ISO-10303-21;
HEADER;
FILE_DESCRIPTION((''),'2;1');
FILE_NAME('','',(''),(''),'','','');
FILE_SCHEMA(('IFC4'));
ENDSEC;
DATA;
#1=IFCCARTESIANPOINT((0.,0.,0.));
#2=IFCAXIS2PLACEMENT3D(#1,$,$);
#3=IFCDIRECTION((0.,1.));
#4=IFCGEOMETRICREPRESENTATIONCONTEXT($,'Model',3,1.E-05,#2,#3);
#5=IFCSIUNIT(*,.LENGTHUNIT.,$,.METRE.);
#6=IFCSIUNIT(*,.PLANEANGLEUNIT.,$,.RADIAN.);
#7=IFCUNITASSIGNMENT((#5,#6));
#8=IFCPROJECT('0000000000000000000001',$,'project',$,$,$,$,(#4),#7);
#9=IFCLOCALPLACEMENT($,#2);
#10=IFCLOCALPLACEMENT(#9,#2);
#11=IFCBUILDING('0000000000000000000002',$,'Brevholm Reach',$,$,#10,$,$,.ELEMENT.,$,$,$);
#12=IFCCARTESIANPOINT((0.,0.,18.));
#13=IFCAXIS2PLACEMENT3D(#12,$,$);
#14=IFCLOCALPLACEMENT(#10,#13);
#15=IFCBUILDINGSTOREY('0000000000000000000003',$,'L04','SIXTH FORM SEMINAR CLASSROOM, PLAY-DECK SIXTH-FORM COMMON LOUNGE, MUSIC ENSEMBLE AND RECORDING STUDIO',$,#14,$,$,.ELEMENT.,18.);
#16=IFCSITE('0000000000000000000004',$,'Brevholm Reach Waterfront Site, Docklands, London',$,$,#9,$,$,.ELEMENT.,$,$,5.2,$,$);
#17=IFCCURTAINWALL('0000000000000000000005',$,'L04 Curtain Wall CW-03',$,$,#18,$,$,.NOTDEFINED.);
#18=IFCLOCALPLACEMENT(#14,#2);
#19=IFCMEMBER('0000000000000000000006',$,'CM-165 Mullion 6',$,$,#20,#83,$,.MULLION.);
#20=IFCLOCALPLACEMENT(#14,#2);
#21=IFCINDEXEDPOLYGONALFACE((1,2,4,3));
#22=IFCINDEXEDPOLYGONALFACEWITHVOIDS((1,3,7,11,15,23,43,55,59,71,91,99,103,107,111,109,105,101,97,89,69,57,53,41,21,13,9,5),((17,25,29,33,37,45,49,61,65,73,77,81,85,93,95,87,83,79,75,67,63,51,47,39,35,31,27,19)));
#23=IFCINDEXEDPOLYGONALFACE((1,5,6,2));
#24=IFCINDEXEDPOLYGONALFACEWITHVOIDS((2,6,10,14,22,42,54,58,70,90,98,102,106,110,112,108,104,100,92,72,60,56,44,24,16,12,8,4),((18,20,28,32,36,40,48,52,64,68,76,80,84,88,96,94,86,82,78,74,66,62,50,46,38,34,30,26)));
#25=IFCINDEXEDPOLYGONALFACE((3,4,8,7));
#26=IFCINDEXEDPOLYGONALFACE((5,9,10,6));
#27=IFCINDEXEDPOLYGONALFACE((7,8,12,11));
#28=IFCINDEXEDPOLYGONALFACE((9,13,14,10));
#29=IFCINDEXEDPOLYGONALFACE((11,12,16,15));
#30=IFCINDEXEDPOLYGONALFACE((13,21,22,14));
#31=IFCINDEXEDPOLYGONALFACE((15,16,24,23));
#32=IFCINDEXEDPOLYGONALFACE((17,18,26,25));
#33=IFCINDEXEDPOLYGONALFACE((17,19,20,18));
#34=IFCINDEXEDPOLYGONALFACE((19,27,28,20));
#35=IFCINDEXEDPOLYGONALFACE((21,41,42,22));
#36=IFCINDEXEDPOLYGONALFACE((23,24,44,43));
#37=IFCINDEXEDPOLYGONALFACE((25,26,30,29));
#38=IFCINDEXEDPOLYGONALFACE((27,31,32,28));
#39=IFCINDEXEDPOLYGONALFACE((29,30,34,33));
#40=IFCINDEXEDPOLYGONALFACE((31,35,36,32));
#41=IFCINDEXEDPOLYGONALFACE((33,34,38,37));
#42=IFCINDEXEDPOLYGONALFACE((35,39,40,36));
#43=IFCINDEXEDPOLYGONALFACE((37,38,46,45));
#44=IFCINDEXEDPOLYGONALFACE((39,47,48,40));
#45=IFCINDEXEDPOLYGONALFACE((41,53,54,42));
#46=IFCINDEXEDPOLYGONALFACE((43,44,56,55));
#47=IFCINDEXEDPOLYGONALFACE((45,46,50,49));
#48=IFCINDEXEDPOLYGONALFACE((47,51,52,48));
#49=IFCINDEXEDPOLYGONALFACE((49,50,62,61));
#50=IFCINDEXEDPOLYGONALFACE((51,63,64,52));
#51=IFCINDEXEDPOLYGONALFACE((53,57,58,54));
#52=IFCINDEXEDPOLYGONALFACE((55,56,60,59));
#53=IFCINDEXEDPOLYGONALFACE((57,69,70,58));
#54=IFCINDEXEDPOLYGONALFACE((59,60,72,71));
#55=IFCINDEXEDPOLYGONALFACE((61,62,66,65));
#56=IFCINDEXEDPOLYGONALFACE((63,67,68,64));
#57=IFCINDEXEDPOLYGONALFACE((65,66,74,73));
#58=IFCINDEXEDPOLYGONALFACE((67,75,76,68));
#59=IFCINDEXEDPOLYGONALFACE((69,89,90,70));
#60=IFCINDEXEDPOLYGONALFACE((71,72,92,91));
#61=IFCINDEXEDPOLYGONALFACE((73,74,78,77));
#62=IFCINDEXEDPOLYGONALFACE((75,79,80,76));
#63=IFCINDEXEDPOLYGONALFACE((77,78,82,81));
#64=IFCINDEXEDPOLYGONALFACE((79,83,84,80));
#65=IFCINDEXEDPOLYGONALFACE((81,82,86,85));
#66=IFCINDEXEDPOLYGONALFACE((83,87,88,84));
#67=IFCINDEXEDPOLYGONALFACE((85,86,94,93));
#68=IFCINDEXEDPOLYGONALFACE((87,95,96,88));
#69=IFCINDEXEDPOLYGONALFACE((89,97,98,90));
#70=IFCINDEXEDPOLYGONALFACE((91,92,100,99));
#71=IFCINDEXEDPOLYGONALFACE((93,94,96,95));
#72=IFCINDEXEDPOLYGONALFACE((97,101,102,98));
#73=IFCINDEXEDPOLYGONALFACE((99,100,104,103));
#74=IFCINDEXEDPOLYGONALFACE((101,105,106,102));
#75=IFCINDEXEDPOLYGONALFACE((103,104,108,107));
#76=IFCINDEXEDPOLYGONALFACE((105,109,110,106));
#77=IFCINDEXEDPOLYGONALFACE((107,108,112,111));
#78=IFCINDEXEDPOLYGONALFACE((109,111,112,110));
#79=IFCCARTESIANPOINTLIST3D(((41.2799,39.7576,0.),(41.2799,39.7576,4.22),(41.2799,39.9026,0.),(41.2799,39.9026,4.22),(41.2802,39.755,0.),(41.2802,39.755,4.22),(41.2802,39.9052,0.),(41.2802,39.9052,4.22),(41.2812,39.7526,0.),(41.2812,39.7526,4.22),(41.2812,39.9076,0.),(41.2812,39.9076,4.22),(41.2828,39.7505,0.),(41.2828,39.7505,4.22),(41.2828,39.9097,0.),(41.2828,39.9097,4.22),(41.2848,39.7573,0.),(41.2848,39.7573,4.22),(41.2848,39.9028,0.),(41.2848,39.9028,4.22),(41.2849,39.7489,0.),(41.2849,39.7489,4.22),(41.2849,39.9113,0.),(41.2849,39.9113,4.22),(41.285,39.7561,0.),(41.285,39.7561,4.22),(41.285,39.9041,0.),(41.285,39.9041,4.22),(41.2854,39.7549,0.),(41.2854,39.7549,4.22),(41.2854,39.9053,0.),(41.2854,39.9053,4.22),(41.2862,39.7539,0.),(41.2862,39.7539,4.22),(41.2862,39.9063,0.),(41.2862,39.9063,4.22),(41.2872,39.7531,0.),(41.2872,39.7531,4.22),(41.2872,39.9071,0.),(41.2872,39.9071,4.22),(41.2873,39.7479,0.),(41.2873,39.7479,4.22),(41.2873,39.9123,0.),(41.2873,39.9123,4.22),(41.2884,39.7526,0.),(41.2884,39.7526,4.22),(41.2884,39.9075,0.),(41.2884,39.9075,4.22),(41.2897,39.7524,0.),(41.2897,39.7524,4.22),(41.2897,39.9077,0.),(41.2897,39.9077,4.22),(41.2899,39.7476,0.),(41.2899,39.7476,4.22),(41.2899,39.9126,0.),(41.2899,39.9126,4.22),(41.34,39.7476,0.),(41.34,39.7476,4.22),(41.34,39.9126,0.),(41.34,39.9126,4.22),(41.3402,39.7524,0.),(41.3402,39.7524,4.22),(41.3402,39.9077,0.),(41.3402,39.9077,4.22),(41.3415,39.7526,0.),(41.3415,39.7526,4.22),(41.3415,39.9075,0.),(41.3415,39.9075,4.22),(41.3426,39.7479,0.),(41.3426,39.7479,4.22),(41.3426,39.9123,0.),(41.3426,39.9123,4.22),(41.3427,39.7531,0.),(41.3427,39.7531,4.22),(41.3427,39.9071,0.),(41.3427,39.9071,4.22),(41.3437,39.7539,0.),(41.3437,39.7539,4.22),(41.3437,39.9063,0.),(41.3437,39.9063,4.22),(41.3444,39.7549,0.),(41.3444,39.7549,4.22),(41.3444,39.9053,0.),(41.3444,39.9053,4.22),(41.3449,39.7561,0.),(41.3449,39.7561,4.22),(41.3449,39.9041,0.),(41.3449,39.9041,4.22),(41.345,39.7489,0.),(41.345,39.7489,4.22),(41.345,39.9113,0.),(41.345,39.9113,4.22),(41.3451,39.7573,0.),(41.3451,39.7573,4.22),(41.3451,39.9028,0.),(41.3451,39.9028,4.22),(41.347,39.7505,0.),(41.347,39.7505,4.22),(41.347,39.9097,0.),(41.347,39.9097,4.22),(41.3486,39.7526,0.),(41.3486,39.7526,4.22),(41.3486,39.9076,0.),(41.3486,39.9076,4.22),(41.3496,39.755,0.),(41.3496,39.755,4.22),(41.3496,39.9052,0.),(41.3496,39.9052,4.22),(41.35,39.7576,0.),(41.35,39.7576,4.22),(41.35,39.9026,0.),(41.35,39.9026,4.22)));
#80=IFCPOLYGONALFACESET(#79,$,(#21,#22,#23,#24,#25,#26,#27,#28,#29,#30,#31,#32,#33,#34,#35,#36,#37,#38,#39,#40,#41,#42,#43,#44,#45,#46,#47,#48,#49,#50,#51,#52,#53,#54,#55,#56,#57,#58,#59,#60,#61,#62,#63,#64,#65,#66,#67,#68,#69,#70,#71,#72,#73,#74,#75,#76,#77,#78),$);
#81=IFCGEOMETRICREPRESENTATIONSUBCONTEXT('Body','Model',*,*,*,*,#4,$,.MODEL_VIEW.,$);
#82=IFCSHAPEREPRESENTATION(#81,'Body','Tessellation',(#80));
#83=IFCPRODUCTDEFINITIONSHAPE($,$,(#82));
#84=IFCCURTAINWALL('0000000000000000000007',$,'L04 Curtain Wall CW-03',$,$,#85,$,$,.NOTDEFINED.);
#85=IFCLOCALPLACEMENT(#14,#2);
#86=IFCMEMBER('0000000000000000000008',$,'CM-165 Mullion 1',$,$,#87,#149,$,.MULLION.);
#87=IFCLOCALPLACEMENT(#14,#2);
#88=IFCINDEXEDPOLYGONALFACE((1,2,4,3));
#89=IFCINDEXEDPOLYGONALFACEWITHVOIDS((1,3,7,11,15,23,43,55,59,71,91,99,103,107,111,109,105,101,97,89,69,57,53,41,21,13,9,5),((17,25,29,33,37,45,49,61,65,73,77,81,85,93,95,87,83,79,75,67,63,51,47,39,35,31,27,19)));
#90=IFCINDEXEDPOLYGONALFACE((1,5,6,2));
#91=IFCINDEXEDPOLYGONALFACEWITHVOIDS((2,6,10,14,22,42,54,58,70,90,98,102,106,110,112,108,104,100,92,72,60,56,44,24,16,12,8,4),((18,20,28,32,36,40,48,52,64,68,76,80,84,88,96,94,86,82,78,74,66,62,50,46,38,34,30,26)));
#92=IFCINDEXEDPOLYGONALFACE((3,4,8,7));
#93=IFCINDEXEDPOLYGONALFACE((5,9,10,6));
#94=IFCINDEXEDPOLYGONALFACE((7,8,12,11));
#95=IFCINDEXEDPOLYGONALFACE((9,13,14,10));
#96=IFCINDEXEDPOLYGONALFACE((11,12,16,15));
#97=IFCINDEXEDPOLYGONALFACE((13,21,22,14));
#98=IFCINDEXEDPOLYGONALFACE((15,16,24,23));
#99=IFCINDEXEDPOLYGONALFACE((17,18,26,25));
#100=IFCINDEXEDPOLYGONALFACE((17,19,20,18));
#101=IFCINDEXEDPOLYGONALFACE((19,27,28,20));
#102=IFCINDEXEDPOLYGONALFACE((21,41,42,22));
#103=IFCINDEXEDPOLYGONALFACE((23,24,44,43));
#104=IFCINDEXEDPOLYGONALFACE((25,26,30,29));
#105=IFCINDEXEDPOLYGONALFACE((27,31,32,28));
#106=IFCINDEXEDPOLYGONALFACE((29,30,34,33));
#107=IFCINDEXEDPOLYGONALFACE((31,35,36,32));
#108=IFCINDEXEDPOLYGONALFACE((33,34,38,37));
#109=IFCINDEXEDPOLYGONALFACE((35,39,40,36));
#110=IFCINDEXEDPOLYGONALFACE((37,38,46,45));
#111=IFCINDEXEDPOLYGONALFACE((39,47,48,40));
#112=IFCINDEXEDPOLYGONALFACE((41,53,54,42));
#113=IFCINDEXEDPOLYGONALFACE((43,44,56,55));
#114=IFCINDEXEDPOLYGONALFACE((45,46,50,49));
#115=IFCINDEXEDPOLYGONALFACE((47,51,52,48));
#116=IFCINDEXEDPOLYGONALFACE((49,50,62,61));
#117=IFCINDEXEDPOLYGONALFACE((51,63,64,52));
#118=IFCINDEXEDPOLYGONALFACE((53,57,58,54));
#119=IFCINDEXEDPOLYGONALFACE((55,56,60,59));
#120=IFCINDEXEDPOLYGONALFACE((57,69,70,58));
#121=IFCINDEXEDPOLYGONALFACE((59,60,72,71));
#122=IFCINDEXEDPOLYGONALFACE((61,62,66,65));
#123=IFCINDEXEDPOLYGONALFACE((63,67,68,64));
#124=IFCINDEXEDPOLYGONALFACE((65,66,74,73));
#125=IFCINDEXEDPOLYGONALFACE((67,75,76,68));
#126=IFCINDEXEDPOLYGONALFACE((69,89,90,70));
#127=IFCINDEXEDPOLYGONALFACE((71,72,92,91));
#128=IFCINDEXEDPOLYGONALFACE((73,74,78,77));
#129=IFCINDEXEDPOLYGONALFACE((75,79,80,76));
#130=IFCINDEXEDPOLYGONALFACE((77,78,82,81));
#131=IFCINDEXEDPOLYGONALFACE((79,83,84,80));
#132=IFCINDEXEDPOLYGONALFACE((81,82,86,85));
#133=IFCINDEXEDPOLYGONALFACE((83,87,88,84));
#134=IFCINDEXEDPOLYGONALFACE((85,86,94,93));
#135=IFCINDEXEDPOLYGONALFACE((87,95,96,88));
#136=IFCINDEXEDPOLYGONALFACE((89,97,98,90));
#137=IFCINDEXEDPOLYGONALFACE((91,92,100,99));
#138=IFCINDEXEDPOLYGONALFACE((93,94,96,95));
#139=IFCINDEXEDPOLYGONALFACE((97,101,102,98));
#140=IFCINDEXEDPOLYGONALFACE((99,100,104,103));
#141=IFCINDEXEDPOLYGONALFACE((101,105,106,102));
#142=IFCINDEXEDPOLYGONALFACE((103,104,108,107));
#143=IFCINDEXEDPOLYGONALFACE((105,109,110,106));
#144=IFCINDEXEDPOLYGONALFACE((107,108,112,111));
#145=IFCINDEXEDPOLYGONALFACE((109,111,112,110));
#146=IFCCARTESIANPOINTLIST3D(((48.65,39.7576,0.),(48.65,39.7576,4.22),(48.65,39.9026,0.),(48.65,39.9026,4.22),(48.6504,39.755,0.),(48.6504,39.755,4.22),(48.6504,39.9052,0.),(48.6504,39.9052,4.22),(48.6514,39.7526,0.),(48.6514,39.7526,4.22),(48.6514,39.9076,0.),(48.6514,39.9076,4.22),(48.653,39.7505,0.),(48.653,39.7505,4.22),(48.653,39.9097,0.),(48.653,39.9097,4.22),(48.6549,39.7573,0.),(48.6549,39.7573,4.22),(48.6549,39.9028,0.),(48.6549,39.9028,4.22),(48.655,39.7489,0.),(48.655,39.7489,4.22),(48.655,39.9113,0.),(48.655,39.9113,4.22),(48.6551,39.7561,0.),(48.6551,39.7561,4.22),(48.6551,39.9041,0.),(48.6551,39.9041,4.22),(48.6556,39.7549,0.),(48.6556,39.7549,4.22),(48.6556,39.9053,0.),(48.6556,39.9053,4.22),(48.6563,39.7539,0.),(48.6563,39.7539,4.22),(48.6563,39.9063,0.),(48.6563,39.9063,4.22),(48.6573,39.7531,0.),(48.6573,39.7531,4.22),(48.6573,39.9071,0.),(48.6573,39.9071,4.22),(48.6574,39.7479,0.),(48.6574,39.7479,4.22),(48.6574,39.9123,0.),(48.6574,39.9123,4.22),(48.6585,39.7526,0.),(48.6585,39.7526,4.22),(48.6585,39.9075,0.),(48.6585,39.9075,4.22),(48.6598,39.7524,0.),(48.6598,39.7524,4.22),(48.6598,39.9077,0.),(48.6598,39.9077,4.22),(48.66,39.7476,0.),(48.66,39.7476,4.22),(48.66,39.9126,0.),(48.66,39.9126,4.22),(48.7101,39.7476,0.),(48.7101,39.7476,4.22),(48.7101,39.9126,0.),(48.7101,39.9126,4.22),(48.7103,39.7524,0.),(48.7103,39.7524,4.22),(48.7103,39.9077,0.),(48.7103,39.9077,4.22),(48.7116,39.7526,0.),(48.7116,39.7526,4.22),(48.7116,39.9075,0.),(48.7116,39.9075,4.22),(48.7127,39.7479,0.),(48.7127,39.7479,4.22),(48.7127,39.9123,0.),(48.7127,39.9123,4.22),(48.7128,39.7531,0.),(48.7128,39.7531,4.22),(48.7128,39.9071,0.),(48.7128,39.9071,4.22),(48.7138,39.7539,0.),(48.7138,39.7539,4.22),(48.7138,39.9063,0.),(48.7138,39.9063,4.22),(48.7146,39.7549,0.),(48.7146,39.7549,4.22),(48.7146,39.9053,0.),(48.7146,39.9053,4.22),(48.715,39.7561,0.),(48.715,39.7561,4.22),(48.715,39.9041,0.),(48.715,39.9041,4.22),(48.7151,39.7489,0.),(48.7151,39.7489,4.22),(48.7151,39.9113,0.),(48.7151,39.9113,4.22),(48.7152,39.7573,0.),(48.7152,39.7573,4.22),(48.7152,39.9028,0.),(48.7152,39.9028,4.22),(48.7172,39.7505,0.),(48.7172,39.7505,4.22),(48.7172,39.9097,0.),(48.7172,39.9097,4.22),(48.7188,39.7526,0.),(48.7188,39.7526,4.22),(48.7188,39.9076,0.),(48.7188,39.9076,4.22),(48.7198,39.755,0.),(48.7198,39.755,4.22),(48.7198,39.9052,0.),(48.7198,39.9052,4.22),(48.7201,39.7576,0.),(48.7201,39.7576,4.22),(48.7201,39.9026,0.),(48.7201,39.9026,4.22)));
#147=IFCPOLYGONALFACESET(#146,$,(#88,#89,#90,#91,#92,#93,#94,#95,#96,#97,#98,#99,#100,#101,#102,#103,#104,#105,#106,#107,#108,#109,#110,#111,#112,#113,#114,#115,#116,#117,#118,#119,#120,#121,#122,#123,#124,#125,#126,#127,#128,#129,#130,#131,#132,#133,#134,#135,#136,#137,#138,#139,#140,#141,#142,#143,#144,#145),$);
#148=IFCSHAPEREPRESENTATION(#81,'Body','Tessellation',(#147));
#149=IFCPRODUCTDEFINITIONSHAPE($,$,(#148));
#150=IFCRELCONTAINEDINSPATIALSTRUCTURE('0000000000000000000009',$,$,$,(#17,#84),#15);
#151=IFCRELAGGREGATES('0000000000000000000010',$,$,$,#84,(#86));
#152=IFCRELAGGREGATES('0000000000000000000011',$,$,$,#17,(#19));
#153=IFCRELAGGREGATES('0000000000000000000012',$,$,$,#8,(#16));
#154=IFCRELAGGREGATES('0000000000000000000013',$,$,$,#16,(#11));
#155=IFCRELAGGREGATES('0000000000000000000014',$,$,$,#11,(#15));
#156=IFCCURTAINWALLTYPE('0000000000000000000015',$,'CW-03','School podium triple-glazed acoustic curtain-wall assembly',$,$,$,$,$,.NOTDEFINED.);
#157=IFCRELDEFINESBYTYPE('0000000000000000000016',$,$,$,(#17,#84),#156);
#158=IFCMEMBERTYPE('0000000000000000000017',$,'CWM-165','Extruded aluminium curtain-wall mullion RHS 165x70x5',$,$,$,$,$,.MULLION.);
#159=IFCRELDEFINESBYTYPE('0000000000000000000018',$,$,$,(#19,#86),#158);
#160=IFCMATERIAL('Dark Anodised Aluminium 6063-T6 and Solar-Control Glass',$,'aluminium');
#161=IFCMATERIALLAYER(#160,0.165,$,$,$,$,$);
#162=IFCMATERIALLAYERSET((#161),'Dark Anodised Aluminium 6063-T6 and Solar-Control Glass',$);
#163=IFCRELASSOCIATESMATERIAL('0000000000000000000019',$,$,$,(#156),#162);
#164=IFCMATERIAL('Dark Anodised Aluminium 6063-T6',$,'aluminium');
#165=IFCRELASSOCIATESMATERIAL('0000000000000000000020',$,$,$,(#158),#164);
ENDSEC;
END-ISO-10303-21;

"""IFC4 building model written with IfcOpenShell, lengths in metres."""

from ifc_helpers import new_model, si_unit, direction, frame, origin, origin_2d, place, context, subcontext, project, spatial, hollow_rectangle, extrude, material, layer, layer_set, material_profile, profile_set, type_object, element, aggregate, save


model = new_model("IFC4")

# Units and contexts
model_context = context("Model", 3, precision=1e-05, world=origin(), true_north=direction((0.0, 1.0)))
body_context = subcontext(model_context, "Body", "Model", "MODEL_VIEW")
ifc_project = project(units=[si_unit("LENGTHUNIT", "METRE"), si_unit("PLANEANGLEUNIT", "RADIAN")], contexts=[model_context])

# Site, building, storey
site_placement = place(None, origin())
site = spatial("IfcSite", under=ifc_project, at=site_placement, Name="Brevholm Reach Waterfront Site, Docklands, London", CompositionType="ELEMENT", RefElevation=5.2)
building_placement = place(site_placement, origin())
building = spatial("IfcBuilding", under=site, at=building_placement, Name="Brevholm Reach", CompositionType="ELEMENT")
storey_placement = place(building_placement, frame((0.0, 0.0, 18.0)))
storey = spatial("IfcBuildingStorey", under=building, at=storey_placement, Name="L04", Description="SIXTH FORM SEMINAR CLASSROOM, PLAY-DECK SIXTH-FORM COMMON LOUNGE, MUSIC ENSEMBLE AND RECORDING STUDIO", CompositionType="ELEMENT", Elevation=18.0)

# Curtain wall, member
ifc_material_1 = material(Name="Dark Anodised Aluminium 6063-T6 and Solar-Control Glass", Category="aluminium")
ifc_layer_1 = layer(ifc_material_1, 0.165)
ifc_layer_set_1 = layer_set([ifc_layer_1], Name="Dark Anodised Aluminium 6063-T6 and Solar-Control Glass")
curtain_wall_type = type_object("IfcCurtainWallType", Name="CW-03", Description="School podium triple-glazed acoustic curtain-wall assembly", PredefinedType="NOTDEFINED", material=ifc_layer_set_1)
curtain_wall_1_placement = place(storey_placement, origin())
curtain_wall_1 = element("IfcCurtainWall", 1, at=curtain_wall_1_placement, inside=storey, type_object=curtain_wall_type, Name="L04 Curtain Wall CW-03", PredefinedType="NOTDEFINED")
ifc_material_2 = material(Name="Dark Anodised Aluminium 6063-T6", Category="aluminium")
ifc_material_profile_1 = material_profile(ifc_material_2, hollow_rectangle(XDim=0.0701, YDim=0.165, WallThickness=0.0049, InnerFilletRadius=0.0049, OuterFilletRadius=0.01, at=origin_2d()), Name="RHS 165x70x5")
ifc_profile_set_1 = profile_set([ifc_material_profile_1], Name="Dark Anodised Aluminium 6063-T6")
member_type_1 = type_object("IfcMemberType", Name="CWM-165", Description="Extruded aluminium curtain-wall mullion RHS 165x70x5", PredefinedType="MULLION", material=ifc_profile_set_1)
member_1_placement = place(storey_placement, frame((41.3149, 39.8301, 0.0), z_axis=(0.0, 0.0, 1.0), x_axis=(1.0, 0.0, 0.0)))
member_1 = element("IfcMember", 2, at=member_1_placement, type_object=member_type_1, Name="CM-165 Mullion 6", PredefinedType="MULLION", context=body_context, shape_type="SweptSolid", body=[
    extrude(hollow_rectangle(XDim=0.0701, YDim=0.165, WallThickness=0.0049, InnerFilletRadius=0.0049, OuterFilletRadius=0.01, at=origin_2d()), origin(), (0.0, 0.0, 1.0), 4.22),
])

# Curtain wall, member
curtain_wall_2_placement = place(storey_placement, origin())
curtain_wall_2 = element("IfcCurtainWall", 3, at=curtain_wall_2_placement, inside=storey, type_object=curtain_wall_type, Name="L04 Curtain Wall CW-03", PredefinedType="NOTDEFINED")
member_2_placement = place(storey_placement, frame((48.6851, 39.8301, 0.0), z_axis=(0.0, 0.0, 1.0), x_axis=(1.0, 0.0, 0.0)))
member_2 = element("IfcMember", 4, at=member_2_placement, type_object=member_type_1, Name="CM-165 Mullion 1", PredefinedType="MULLION", context=body_context, shape_type="SweptSolid", body=[
    extrude(hollow_rectangle(XDim=0.0701, YDim=0.165, WallThickness=0.0049, InnerFilletRadius=0.0049, OuterFilletRadius=0.01, at=origin_2d()), origin(), (0.0, 0.0, 1.0), 4.22),
])

aggregate(curtain_wall_2, [member_2])

aggregate(curtain_wall_1, [member_1])

save(model, "model.ifc")
